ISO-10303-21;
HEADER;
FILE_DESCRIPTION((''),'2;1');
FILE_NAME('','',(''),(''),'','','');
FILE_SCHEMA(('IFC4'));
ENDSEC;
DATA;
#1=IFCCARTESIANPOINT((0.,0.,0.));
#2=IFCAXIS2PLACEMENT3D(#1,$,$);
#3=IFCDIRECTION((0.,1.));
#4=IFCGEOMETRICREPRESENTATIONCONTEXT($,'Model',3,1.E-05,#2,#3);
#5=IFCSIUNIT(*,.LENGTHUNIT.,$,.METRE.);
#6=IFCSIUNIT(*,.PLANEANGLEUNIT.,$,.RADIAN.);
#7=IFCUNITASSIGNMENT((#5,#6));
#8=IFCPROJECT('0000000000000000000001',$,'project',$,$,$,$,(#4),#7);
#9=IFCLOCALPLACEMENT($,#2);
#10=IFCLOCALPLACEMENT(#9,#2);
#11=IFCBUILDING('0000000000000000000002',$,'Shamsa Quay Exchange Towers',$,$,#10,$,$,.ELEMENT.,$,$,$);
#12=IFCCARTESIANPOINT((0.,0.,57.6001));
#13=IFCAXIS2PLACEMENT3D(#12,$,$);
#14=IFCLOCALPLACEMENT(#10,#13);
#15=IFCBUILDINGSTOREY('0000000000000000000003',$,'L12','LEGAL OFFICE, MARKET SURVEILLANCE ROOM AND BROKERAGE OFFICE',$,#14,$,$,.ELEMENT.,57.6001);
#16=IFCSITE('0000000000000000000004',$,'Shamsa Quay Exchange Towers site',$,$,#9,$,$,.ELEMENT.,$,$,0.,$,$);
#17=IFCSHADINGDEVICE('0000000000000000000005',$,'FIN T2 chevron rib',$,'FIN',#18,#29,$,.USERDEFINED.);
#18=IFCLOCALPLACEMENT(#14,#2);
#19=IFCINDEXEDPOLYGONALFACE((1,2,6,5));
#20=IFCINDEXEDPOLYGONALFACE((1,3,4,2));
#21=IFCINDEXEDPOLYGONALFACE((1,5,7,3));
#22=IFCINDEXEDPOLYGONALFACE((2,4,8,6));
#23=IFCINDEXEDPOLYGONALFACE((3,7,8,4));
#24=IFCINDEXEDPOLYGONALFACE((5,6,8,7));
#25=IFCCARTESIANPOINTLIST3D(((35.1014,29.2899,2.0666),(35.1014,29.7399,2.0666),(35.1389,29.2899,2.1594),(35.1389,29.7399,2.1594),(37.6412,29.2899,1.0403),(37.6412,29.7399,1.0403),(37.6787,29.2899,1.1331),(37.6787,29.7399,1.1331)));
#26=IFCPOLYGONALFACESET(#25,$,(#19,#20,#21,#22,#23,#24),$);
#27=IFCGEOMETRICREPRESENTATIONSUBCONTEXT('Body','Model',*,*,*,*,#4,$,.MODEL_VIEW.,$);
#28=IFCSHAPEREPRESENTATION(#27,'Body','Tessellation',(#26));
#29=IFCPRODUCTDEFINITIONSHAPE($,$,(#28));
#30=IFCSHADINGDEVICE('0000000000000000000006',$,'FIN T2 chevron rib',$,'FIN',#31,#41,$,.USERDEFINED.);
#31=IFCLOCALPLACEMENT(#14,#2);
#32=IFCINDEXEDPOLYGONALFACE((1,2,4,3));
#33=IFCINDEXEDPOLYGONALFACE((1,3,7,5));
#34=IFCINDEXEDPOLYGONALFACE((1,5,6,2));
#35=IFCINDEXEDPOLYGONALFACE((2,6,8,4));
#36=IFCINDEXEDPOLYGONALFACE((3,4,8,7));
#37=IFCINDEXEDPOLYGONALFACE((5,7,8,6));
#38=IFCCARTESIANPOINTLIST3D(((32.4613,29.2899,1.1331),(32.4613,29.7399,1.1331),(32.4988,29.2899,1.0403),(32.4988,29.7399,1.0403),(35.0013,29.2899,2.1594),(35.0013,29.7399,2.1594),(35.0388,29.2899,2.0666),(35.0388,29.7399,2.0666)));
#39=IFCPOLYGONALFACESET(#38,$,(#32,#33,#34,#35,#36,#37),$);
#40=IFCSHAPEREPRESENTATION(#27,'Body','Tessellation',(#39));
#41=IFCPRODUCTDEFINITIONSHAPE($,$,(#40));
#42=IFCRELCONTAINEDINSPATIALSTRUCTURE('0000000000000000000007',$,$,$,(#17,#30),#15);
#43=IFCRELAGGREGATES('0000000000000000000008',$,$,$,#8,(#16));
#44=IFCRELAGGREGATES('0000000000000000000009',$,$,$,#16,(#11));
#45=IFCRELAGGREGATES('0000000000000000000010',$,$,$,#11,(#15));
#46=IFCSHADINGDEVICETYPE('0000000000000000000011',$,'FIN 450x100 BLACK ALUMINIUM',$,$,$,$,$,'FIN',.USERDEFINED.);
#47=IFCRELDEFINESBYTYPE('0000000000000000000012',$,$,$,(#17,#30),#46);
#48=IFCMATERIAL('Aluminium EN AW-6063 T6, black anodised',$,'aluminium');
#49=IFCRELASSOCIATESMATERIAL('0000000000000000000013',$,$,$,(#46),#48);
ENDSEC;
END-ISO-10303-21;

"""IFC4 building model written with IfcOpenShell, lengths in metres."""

from ifc_helpers import new_model, si_unit, direction, frame, origin, origin_2d, place, context, subcontext, project, spatial, rectangle, extrude, material, material_profile, profile_set, type_object, element, save


model = new_model("IFC4")

# Units and contexts
model_context = context("Model", 3, precision=1e-05, world=origin(), true_north=direction((0.0, 1.0)))
body_context = subcontext(model_context, "Body", "Model", "MODEL_VIEW")
ifc_project = project(units=[si_unit("LENGTHUNIT", "METRE"), si_unit("PLANEANGLEUNIT", "RADIAN")], contexts=[model_context])

# Site, building, storey
site_placement = place(None, origin())
site = spatial("IfcSite", under=ifc_project, at=site_placement, Name="Shamsa Quay Exchange Towers site", CompositionType="ELEMENT", RefElevation=0.0)
building_placement = place(site_placement, origin())
building = spatial("IfcBuilding", under=site, at=building_placement, Name="Shamsa Quay Exchange Towers", CompositionType="ELEMENT")
storey_placement = place(building_placement, frame((0.0, 0.0, 57.6001)))
storey = spatial("IfcBuildingStorey", under=building, at=storey_placement, Name="L12", Description="LEGAL OFFICE, MARKET SURVEILLANCE ROOM AND BROKERAGE OFFICE", CompositionType="ELEMENT", Elevation=57.6001)

# Shared definitions
ifc_material_1 = material(Name="Aluminium EN AW-6063 T6, black anodised", Category="aluminium")

# Shading devices
ifc_material_profile_1 = material_profile(ifc_material_1, rectangle(XDim=0.45, YDim=0.1001, at=origin_2d()), Name="FIN450x100")
ifc_profile_set_1 = profile_set([ifc_material_profile_1], Name="Aluminium EN AW-6063 T6, black anodised")
shading_device_type = type_object("IfcShadingDeviceType", Name="FIN 450x100 BLACK ALUMINIUM", ElementType="FIN", PredefinedType="USERDEFINED", material=ifc_profile_set_1)
shading_device_1_placement = place(storey_placement, frame((37.6599, 29.5149, 1.0867), z_axis=(-0.927156, 0.0, 0.374677), x_axis=(0.0, -1.0, 0.0)))
element("IfcShadingDevice", 1, at=shading_device_1_placement, inside=storey, type_object=shading_device_type, Name="FIN T2 chevron rib", ObjectType="FIN", PredefinedType="USERDEFINED", context=body_context, shape_type="SweptSolid", body=[
    extrude(rectangle(XDim=0.45, YDim=0.1001, at=origin_2d()), origin(), (0.0, 0.0, 1.0), 2.7393),
])
shading_device_2_placement = place(storey_placement, frame((35.02, 29.5149, 2.113), z_axis=(-0.927168, 0.0, -0.374646), x_axis=(0.0, -1.0, 0.0)))
element("IfcShadingDevice", 2, at=shading_device_2_placement, inside=storey, type_object=shading_device_type, Name="FIN T2 chevron rib", ObjectType="FIN", PredefinedType="USERDEFINED", context=body_context, shape_type="SweptSolid", body=[
    extrude(rectangle(XDim=0.45, YDim=0.1001, at=origin_2d()), origin(), (0.0, 0.0, 1.0), 2.7395),
])

save(model, "model.ifc")
